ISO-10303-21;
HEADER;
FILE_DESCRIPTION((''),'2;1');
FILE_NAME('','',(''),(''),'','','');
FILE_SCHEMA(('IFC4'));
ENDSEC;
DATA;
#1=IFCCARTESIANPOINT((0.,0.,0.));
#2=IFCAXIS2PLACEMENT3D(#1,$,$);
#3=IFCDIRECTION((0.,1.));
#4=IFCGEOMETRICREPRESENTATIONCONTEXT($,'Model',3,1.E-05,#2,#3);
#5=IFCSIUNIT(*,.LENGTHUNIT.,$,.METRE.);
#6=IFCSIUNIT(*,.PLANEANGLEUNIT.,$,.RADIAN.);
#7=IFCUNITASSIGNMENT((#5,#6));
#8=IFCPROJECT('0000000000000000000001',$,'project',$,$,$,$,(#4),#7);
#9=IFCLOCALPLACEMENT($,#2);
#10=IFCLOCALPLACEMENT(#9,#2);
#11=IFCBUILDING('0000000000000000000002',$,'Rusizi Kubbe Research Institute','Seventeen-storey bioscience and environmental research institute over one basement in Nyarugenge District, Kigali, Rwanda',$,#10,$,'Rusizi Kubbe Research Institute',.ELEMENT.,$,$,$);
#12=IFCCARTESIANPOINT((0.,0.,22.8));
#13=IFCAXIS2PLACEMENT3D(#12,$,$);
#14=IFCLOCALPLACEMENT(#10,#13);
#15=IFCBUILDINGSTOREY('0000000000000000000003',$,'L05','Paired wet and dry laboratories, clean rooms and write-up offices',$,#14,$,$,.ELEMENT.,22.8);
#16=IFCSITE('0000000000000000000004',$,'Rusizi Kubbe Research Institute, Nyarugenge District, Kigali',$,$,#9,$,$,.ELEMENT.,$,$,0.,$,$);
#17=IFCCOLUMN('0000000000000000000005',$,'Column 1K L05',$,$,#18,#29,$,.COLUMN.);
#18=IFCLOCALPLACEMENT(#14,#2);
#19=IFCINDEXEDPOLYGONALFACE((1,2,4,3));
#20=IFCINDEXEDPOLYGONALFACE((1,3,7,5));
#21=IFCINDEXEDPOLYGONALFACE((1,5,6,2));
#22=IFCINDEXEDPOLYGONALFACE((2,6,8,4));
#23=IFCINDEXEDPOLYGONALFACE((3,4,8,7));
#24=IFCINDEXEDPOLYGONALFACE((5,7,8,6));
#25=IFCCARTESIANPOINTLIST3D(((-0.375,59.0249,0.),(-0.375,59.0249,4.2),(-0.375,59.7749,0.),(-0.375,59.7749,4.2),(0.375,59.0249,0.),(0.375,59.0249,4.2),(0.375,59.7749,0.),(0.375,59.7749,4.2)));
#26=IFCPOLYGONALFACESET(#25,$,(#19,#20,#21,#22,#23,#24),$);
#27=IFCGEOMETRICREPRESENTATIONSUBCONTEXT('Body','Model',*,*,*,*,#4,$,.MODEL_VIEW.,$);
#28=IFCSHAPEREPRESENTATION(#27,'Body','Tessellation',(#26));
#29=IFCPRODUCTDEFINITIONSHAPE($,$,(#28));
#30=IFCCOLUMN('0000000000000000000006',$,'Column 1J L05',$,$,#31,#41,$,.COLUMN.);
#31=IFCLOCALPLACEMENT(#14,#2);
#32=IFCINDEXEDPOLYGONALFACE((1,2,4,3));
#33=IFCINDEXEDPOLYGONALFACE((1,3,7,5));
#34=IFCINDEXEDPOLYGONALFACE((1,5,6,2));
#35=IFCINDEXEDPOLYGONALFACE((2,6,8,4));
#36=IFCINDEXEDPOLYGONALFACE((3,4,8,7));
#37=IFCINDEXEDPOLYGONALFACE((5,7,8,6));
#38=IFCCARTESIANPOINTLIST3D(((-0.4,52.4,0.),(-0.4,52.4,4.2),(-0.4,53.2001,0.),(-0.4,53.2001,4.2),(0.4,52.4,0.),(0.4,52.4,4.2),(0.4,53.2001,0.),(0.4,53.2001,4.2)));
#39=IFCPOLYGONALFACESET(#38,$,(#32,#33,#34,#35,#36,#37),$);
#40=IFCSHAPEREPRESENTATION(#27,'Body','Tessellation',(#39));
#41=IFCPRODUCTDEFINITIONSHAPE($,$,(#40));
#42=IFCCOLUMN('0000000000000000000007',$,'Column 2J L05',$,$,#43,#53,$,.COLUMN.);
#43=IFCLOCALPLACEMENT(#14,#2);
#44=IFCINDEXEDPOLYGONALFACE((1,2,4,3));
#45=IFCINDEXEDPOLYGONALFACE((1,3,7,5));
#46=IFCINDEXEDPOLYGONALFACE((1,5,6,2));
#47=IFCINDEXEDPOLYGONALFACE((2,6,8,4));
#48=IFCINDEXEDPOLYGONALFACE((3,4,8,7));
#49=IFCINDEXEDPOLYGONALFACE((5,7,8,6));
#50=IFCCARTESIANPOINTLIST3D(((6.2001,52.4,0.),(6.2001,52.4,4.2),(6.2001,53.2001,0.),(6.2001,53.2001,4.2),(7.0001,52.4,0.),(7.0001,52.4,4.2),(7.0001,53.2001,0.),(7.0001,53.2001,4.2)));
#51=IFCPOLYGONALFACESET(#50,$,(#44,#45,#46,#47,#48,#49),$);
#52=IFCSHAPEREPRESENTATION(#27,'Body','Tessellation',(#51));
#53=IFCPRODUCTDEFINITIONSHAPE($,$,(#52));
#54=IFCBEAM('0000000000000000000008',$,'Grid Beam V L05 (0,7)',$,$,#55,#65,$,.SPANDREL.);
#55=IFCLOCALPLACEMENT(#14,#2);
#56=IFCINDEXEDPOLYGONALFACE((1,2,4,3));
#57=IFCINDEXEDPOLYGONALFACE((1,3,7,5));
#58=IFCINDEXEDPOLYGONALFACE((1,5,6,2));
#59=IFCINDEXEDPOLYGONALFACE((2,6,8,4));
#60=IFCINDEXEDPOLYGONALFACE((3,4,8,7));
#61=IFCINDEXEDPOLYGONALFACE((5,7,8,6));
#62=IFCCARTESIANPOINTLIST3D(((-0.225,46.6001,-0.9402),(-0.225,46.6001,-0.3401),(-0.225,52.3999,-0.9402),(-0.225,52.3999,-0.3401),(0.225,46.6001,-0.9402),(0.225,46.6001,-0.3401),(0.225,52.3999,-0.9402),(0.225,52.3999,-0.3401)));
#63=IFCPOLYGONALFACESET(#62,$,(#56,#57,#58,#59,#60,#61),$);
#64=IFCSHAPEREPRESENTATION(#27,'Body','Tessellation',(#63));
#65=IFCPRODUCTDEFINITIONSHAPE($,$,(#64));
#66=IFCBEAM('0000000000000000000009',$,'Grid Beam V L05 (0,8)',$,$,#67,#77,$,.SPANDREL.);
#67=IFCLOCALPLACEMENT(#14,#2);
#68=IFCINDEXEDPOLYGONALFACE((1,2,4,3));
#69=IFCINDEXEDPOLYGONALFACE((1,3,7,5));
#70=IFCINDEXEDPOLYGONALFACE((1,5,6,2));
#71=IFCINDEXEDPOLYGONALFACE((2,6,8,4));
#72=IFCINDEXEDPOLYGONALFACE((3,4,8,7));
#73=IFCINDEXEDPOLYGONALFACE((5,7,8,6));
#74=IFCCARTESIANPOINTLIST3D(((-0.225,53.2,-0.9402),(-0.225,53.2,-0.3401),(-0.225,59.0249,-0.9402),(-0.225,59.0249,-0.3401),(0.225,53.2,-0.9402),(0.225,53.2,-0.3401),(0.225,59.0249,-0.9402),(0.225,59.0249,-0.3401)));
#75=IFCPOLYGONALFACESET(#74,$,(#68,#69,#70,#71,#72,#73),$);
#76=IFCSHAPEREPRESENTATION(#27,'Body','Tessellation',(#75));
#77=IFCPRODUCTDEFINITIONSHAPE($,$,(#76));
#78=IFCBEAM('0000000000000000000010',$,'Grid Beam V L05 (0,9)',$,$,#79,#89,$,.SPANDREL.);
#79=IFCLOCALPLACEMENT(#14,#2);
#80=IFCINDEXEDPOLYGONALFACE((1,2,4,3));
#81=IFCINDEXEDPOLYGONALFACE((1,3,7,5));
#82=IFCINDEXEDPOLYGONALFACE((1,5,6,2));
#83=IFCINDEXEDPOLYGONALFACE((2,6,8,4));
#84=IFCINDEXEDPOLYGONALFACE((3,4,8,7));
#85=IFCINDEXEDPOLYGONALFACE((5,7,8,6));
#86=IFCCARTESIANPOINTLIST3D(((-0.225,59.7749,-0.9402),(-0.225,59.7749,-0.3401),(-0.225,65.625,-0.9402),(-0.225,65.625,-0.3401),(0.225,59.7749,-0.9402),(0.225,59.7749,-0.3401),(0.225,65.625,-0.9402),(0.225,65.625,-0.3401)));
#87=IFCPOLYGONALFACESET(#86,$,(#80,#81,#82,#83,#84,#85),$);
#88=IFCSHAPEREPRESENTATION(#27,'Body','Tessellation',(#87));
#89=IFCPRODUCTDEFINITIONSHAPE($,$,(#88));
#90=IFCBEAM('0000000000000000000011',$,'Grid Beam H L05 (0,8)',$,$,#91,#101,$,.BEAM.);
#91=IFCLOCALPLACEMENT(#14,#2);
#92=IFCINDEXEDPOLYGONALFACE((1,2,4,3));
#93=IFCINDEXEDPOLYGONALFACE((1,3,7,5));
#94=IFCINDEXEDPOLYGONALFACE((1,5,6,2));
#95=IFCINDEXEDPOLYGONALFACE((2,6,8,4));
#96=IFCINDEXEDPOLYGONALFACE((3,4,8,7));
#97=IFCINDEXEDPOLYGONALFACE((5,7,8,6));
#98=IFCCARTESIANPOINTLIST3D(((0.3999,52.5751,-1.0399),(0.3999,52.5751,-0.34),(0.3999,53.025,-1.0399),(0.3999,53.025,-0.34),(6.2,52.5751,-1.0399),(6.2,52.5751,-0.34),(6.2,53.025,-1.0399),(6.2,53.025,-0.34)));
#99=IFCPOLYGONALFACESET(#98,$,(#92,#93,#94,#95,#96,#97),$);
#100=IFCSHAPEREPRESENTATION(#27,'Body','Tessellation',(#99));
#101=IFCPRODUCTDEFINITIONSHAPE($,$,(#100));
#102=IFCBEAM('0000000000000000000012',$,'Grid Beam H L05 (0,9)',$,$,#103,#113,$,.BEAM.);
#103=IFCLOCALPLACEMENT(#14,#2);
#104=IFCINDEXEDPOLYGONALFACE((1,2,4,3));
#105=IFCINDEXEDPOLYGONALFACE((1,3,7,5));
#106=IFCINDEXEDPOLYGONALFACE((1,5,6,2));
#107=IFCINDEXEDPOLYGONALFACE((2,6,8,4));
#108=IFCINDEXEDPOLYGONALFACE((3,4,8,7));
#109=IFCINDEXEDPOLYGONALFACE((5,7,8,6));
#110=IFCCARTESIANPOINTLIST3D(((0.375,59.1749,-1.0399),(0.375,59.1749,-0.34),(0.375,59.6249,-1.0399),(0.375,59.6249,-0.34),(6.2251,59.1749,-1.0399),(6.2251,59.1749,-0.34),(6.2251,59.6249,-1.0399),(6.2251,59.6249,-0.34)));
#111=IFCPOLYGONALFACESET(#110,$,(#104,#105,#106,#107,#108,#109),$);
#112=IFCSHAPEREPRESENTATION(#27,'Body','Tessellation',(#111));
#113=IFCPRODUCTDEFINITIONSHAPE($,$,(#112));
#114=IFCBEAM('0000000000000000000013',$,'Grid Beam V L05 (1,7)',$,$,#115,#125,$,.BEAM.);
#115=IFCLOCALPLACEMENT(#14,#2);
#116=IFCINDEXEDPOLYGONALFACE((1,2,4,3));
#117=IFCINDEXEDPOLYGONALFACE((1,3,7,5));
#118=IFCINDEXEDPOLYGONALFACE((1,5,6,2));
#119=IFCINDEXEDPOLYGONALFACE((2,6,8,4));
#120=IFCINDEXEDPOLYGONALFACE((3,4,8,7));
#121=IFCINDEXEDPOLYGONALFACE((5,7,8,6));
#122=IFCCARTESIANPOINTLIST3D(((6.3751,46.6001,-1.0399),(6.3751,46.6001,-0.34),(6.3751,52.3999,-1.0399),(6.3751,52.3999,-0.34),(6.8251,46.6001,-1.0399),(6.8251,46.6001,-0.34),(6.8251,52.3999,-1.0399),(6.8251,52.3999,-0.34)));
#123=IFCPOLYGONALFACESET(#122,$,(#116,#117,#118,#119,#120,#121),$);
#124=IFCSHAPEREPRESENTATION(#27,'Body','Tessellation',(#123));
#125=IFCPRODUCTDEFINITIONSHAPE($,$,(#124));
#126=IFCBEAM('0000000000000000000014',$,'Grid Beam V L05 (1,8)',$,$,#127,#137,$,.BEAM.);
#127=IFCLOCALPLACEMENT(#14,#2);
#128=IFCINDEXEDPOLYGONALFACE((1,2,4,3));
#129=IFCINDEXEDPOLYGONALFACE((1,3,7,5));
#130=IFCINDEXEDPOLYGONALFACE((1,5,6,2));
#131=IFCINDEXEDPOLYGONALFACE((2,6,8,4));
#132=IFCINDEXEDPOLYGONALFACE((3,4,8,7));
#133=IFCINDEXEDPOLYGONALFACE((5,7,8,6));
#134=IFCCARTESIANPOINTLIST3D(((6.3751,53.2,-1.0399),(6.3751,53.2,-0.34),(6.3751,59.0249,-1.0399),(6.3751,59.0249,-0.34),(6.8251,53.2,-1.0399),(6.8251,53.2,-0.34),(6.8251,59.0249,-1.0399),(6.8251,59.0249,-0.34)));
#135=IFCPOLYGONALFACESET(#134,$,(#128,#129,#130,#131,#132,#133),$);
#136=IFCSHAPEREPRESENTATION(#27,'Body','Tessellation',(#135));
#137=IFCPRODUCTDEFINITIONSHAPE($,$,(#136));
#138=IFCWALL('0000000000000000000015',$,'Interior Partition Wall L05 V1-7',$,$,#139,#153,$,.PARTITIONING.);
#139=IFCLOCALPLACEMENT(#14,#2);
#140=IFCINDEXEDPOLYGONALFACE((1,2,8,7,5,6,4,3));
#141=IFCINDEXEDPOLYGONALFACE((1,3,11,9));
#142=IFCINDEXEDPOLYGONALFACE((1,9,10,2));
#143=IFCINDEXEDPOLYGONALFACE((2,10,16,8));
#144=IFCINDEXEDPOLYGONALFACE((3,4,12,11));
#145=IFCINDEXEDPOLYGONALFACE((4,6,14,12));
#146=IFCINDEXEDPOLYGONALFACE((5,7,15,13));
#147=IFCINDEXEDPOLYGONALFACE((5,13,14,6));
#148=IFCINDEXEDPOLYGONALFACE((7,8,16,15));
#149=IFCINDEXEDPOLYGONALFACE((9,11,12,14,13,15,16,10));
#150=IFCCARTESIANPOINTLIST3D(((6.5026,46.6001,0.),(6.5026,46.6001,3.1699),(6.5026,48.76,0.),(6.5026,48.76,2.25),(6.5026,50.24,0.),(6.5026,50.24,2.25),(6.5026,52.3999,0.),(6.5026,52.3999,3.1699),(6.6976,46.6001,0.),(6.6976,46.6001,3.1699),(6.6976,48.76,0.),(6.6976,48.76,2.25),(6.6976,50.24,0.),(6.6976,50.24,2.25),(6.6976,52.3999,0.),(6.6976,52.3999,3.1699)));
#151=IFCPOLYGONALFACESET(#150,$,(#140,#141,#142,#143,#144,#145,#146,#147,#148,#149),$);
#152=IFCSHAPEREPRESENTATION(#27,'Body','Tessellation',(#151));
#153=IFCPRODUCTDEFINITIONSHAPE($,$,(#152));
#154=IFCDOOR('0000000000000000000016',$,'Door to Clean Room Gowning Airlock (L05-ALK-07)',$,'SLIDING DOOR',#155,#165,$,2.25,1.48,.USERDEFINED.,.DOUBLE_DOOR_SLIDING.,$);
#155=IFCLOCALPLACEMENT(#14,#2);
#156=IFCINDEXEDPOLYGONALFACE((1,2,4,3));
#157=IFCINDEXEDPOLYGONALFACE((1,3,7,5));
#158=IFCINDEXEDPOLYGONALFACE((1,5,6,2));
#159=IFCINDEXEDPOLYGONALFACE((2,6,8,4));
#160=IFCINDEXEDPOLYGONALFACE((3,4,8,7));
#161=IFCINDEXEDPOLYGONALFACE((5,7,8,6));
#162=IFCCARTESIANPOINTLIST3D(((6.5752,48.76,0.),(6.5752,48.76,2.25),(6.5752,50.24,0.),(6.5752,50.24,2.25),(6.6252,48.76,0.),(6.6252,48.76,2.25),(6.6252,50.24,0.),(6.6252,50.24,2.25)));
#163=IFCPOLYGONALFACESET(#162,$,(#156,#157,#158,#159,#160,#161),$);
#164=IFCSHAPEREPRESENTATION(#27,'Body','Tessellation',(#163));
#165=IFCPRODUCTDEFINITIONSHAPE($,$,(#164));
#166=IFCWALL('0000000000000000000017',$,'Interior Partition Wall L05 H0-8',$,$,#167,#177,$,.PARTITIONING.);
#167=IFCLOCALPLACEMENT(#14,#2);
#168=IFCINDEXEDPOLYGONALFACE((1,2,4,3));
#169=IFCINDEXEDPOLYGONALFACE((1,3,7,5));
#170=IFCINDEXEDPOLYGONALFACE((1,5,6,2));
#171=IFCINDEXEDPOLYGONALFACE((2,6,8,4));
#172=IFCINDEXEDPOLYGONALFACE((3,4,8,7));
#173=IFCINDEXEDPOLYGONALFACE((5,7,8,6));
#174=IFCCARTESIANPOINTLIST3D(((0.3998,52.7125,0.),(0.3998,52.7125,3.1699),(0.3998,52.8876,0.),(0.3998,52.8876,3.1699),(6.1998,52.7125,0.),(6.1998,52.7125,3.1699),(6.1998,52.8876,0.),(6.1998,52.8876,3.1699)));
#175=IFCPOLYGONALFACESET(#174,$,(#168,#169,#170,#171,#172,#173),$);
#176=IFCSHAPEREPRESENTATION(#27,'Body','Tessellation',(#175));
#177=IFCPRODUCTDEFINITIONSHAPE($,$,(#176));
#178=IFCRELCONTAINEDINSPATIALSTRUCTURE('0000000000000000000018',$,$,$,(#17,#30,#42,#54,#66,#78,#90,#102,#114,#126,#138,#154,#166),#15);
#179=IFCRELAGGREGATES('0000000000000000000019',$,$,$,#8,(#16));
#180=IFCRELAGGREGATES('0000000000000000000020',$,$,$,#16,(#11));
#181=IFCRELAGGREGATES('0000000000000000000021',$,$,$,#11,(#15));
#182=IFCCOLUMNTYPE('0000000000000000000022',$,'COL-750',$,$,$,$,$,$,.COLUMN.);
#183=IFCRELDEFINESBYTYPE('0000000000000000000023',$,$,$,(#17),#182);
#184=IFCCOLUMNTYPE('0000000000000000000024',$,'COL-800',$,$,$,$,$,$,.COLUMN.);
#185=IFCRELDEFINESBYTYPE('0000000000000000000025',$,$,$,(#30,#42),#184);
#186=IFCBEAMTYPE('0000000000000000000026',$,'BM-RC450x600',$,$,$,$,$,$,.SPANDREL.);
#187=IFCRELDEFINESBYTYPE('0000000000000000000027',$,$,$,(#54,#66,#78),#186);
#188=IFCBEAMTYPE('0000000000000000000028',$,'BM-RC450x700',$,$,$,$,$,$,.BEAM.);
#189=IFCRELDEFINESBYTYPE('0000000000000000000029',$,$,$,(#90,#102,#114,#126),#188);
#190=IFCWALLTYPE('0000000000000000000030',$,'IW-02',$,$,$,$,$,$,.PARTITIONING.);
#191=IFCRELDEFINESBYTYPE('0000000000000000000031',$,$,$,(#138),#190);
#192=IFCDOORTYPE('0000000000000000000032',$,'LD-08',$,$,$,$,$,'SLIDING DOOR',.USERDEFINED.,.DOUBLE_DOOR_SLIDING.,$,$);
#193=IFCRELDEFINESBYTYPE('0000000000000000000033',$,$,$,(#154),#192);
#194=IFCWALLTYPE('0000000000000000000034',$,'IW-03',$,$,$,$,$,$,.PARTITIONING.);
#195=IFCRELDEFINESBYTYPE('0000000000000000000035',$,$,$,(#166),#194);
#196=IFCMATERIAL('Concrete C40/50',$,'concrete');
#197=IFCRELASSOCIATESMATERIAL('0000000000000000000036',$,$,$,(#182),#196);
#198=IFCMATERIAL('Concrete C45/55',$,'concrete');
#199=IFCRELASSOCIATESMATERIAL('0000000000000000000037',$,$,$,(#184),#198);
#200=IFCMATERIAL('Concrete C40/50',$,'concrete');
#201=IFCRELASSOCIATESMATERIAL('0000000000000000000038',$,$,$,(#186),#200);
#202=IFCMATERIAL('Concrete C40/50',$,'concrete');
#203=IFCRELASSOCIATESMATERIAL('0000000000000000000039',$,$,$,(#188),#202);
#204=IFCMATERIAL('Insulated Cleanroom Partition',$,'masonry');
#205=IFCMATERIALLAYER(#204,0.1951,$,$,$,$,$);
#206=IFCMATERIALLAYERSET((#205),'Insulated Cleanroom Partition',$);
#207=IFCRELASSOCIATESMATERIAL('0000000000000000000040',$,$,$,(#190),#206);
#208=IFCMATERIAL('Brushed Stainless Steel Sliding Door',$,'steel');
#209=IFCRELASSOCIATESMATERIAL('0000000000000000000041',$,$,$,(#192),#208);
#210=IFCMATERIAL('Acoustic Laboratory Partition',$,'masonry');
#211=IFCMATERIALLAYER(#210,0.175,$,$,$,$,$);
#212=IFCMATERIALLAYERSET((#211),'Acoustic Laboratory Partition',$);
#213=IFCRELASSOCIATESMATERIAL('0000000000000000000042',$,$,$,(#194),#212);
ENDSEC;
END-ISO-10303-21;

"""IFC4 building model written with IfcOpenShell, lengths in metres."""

from ifc_helpers import new_model, si_unit, direction, frame, frame_2d, origin, origin_2d, place, context, subcontext, project, spatial, rectangle, extrude, material, layer, layer_set, material_profile, profile_set, type_object, element, fill, save


model = new_model("IFC4")

# Units and contexts
model_context = context("Model", 3, precision=1e-05, world=origin(), true_north=direction((0.0, 1.0)))
body_context = subcontext(model_context, "Body", "Model", "MODEL_VIEW")
ifc_project = project(units=[si_unit("LENGTHUNIT", "METRE"), si_unit("PLANEANGLEUNIT", "RADIAN")], contexts=[model_context])

# Site, building, storey
site_placement = place(None, origin())
site = spatial("IfcSite", under=ifc_project, at=site_placement, Name="Rusizi Kubbe Research Institute, Nyarugenge District, Kigali", CompositionType="ELEMENT", RefElevation=0.0)
building_placement = place(site_placement, origin())
building = spatial("IfcBuilding", under=site, at=building_placement, Name="Rusizi Kubbe Research Institute", Description="Seventeen-storey bioscience and environmental research institute over one basement in Nyarugenge District, Kigali, Rwanda", LongName="Rusizi Kubbe Research Institute", CompositionType="ELEMENT")
storey_placement = place(building_placement, frame((0.0, 0.0, 22.8)))
storey = spatial("IfcBuildingStorey", under=building, at=storey_placement, Name="L05", Description="Paired wet and dry laboratories, clean rooms and write-up offices", CompositionType="ELEMENT", Elevation=22.8)

# Columns
ifc_material_1 = material(Name="Concrete C40/50", Category="concrete")
ifc_material_profile_1 = material_profile(ifc_material_1, rectangle(XDim=0.75, YDim=0.75, at=origin_2d()), Name="RC750x750")
ifc_profile_set_1 = profile_set([ifc_material_profile_1], Name="Concrete C40/50")
column_type_1 = type_object("IfcColumnType", Name="COL-750", PredefinedType="COLUMN", material=ifc_profile_set_1)
column_placement = place(storey_placement, frame((0.0, 59.3999, 0.0), z_axis=(0.0, 0.0, 1.0), x_axis=(1.0, 0.0, 0.0)))
element("IfcColumn", 1, at=column_placement, inside=storey, type_object=column_type_1, Name="Column 1K L05", PredefinedType="COLUMN", context=body_context, shape_type="SweptSolid", body=[
    extrude(rectangle(XDim=0.75, YDim=0.75, at=origin_2d()), origin(), (0.0, 0.0, 1.0), 4.2),
])
ifc_material_2 = material(Name="Concrete C45/55", Category="concrete")
ifc_material_profile_2 = material_profile(ifc_material_2, rectangle(XDim=0.8, YDim=0.8, at=origin_2d()), Name="RC800x800")
ifc_profile_set_2 = profile_set([ifc_material_profile_2], Name="Concrete C45/55")
column_type_2 = type_object("IfcColumnType", Name="COL-800", PredefinedType="COLUMN", material=ifc_profile_set_2)
for number, where, z_axis, x_axis, name in (
    (2, (0.0, 52.8, 0.0), (0.0, 0.0, 1.0), (1.0, 0.0, 0.0), "Column 1J L05"),
    (3, (6.6001, 52.8, 0.0), (0.0, 0.0, 1.0), (1.0, 0.0, 0.0), "Column 2J L05"),
):
    element("IfcColumn", number, at=place(storey_placement, frame(where, z_axis=z_axis, x_axis=x_axis)), inside=storey, type_object=column_type_2, Name=name, PredefinedType="COLUMN", context=body_context, shape_type="SweptSolid", body=[
        extrude(rectangle(XDim=0.8, YDim=0.8, at=origin_2d()), origin(), (0.0, 0.0, 1.0), 4.2),
    ])

# Beams
ifc_material_3 = material(Name="Concrete C40/50", Category="concrete")
ifc_material_profile_3 = material_profile(ifc_material_3, rectangle(XDim=0.45, YDim=0.6001, at=origin_2d()), Name="RC450x600")
ifc_profile_set_3 = profile_set([ifc_material_profile_3], Name="Concrete C40/50")
beam_type_1 = type_object("IfcBeamType", Name="BM-RC450x600", PredefinedType="SPANDREL", material=ifc_profile_set_3)
beam_1_placement = place(storey_placement, frame((0.0, 46.6001, -0.6401), z_axis=(0.0, 1.0, 0.0), x_axis=(-1.0, 0.0, 0.0)))
element("IfcBeam", 4, at=beam_1_placement, inside=storey, type_object=beam_type_1, Name="Grid Beam V L05 (0,7)", PredefinedType="SPANDREL", context=body_context, shape_type="SweptSolid", body=[
    extrude(rectangle(XDim=0.45, YDim=0.6001, at=origin_2d()), origin(), (0.0, 0.0, 1.0), 5.7998),
])
beam_2_placement = place(storey_placement, frame((0.0, 53.2, -0.6401), z_axis=(0.0, 1.0, 0.0), x_axis=(-1.0, 0.0, 0.0)))
element("IfcBeam", 5, at=beam_2_placement, inside=storey, type_object=beam_type_1, Name="Grid Beam V L05 (0,8)", PredefinedType="SPANDREL", context=body_context, shape_type="SweptSolid", body=[
    extrude(rectangle(XDim=0.45, YDim=0.6001, at=origin_2d()), origin(), (0.0, 0.0, 1.0), 5.825),
])
beam_3_placement = place(storey_placement, frame((0.0, 59.7749, -0.6401), z_axis=(0.0, 1.0, 0.0), x_axis=(-1.0, 0.0, 0.0)))
element("IfcBeam", 6, at=beam_3_placement, inside=storey, type_object=beam_type_1, Name="Grid Beam V L05 (0,9)", PredefinedType="SPANDREL", context=body_context, shape_type="SweptSolid", body=[
    extrude(rectangle(XDim=0.45, YDim=0.6001, at=origin_2d()), origin(), (0.0, 0.0, 1.0), 5.8501),
])
ifc_material_4 = material(Name="Concrete C40/50", Category="concrete")
ifc_material_profile_4 = material_profile(ifc_material_4, rectangle(XDim=0.45, YDim=0.7, at=origin_2d()), Name="RC450x700B")
ifc_profile_set_4 = profile_set([ifc_material_profile_4], Name="Concrete C40/50")
beam_type_2 = type_object("IfcBeamType", Name="BM-RC450x700", PredefinedType="BEAM", material=ifc_profile_set_4)
beam_4_placement = place(storey_placement, frame((0.3999, 52.8, -0.6899), z_axis=(1.0, 0.0, 0.0), x_axis=(0.0, 1.0, 0.0)))
element("IfcBeam", 7, at=beam_4_placement, inside=storey, type_object=beam_type_2, Name="Grid Beam H L05 (0,8)", PredefinedType="BEAM", context=body_context, shape_type="SweptSolid", body=[
    extrude(rectangle(XDim=0.45, YDim=0.7, at=origin_2d()), origin(), (0.0, 0.0, 1.0), 5.8),
])
beam_5_placement = place(storey_placement, frame((0.375, 59.3999, -0.6899), z_axis=(1.0, 0.0, 0.0), x_axis=(0.0, 1.0, 0.0)))
element("IfcBeam", 8, at=beam_5_placement, inside=storey, type_object=beam_type_2, Name="Grid Beam H L05 (0,9)", PredefinedType="BEAM", context=body_context, shape_type="SweptSolid", body=[
    extrude(rectangle(XDim=0.45, YDim=0.7, at=origin_2d()), origin(), (0.0, 0.0, 1.0), 5.8501),
])
beam_6_placement = place(storey_placement, frame((6.6001, 46.6001, -0.6899), z_axis=(0.0, 1.0, 0.0), x_axis=(-1.0, 0.0, 0.0)))
element("IfcBeam", 9, at=beam_6_placement, inside=storey, type_object=beam_type_2, Name="Grid Beam V L05 (1,7)", PredefinedType="BEAM", context=body_context, shape_type="SweptSolid", body=[
    extrude(rectangle(XDim=0.45, YDim=0.7, at=origin_2d()), origin(), (0.0, 0.0, 1.0), 5.7998),
])
beam_7_placement = place(storey_placement, frame((6.6001, 53.2, -0.6899), z_axis=(0.0, 1.0, 0.0), x_axis=(-1.0, 0.0, 0.0)))
element("IfcBeam", 10, at=beam_7_placement, inside=storey, type_object=beam_type_2, Name="Grid Beam V L05 (1,8)", PredefinedType="BEAM", context=body_context, shape_type="SweptSolid", body=[
    extrude(rectangle(XDim=0.45, YDim=0.7, at=origin_2d()), origin(), (0.0, 0.0, 1.0), 5.825),
])

# Wall, opening, door
ifc_material_5 = material(Name="Insulated Cleanroom Partition", Category="masonry")
ifc_layer_1 = layer(ifc_material_5, 0.1951)
ifc_layer_set_1 = layer_set([ifc_layer_1], Name="Insulated Cleanroom Partition")
wall_type_1 = type_object("IfcWallType", Name="IW-02", PredefinedType="PARTITIONING", material=ifc_layer_set_1)
wall_1_placement = place(storey_placement, frame((6.6001, 46.6001, 0.0), z_axis=(0.0, 0.0, 1.0), x_axis=(0.0, 1.0, 0.0)))
wall_1 = element("IfcWall", 11, at=wall_1_placement, inside=storey, type_object=wall_type_1, Name="Interior Partition Wall L05 V1-7", PredefinedType="PARTITIONING", context=body_context, shape_type="SweptSolid", body=[
    extrude(rectangle(XDim=5.7998, YDim=0.1951, at=frame_2d((2.8999, 0.0))), origin(), (0.0, 0.0, 1.0), 3.1699),
])
opening_placement = place(wall_1_placement, frame((2.1599, 0.0, 0.0)))
opening = element("IfcOpeningElement", 12, at=opening_placement, cuts=wall_1, PredefinedType="OPENING", context=body_context, shape_type="SweptSolid", body=[
    extrude(rectangle(XDim=1.48, YDim=2.25, at=frame_2d((0.74, 1.125))), frame((0.0, 0.1074, 0.0), z_axis=(0.0, -1.0, 0.0), x_axis=(1.0, 0.0, 0.0)), (0.0, 0.0, 1.0), 0.2151),
])
ifc_material_6 = material(Name="Brushed Stainless Steel Sliding Door", Category="steel")
door_type = type_object("IfcDoorType", Name="LD-08", ElementType="SLIDING DOOR", OperationType="DOUBLE_DOOR_SLIDING", PredefinedType="USERDEFINED", material=ifc_material_6)
door_placement = place(opening_placement, origin())
door = element("IfcDoor", 13, at=door_placement, inside=storey, type_object=door_type, Name="Door to Clean Room Gowning Airlock (L05-ALK-07)", ObjectType="SLIDING DOOR", OperationType="DOUBLE_DOOR_SLIDING", OverallHeight=2.25, OverallWidth=1.48, PredefinedType="USERDEFINED", context=body_context, shape_type="SweptSolid", body=[
    extrude(rectangle(XDim=1.48, YDim=2.25, at=frame_2d((0.74, 1.125))), frame((0.0, 0.0249, 0.0), z_axis=(0.0, -1.0, 0.0), x_axis=(1.0, 0.0, 0.0)), (0.0, 0.0, 1.0), 0.05),
])
fill(opening, door)

# Wall
ifc_material_7 = material(Name="Acoustic Laboratory Partition", Category="masonry")
ifc_layer_2 = layer(ifc_material_7, 0.175)
ifc_layer_set_2 = layer_set([ifc_layer_2], Name="Acoustic Laboratory Partition")
wall_type_2 = type_object("IfcWallType", Name="IW-03", PredefinedType="PARTITIONING", material=ifc_layer_set_2)
wall_2_placement = place(storey_placement, frame((0.3999, 52.8, 0.0), z_axis=(0.0, 0.0, 1.0), x_axis=(1.0, 0.0, 0.0)))
element("IfcWall", 14, at=wall_2_placement, inside=storey, type_object=wall_type_2, Name="Interior Partition Wall L05 H0-8", PredefinedType="PARTITIONING", context=body_context, shape_type="SweptSolid", body=[
    extrude(rectangle(XDim=5.8, YDim=0.175, at=frame_2d((2.8999, 0.0))), origin(), (0.0, 0.0, 1.0), 3.1699),
])

save(model, "model.ifc")
